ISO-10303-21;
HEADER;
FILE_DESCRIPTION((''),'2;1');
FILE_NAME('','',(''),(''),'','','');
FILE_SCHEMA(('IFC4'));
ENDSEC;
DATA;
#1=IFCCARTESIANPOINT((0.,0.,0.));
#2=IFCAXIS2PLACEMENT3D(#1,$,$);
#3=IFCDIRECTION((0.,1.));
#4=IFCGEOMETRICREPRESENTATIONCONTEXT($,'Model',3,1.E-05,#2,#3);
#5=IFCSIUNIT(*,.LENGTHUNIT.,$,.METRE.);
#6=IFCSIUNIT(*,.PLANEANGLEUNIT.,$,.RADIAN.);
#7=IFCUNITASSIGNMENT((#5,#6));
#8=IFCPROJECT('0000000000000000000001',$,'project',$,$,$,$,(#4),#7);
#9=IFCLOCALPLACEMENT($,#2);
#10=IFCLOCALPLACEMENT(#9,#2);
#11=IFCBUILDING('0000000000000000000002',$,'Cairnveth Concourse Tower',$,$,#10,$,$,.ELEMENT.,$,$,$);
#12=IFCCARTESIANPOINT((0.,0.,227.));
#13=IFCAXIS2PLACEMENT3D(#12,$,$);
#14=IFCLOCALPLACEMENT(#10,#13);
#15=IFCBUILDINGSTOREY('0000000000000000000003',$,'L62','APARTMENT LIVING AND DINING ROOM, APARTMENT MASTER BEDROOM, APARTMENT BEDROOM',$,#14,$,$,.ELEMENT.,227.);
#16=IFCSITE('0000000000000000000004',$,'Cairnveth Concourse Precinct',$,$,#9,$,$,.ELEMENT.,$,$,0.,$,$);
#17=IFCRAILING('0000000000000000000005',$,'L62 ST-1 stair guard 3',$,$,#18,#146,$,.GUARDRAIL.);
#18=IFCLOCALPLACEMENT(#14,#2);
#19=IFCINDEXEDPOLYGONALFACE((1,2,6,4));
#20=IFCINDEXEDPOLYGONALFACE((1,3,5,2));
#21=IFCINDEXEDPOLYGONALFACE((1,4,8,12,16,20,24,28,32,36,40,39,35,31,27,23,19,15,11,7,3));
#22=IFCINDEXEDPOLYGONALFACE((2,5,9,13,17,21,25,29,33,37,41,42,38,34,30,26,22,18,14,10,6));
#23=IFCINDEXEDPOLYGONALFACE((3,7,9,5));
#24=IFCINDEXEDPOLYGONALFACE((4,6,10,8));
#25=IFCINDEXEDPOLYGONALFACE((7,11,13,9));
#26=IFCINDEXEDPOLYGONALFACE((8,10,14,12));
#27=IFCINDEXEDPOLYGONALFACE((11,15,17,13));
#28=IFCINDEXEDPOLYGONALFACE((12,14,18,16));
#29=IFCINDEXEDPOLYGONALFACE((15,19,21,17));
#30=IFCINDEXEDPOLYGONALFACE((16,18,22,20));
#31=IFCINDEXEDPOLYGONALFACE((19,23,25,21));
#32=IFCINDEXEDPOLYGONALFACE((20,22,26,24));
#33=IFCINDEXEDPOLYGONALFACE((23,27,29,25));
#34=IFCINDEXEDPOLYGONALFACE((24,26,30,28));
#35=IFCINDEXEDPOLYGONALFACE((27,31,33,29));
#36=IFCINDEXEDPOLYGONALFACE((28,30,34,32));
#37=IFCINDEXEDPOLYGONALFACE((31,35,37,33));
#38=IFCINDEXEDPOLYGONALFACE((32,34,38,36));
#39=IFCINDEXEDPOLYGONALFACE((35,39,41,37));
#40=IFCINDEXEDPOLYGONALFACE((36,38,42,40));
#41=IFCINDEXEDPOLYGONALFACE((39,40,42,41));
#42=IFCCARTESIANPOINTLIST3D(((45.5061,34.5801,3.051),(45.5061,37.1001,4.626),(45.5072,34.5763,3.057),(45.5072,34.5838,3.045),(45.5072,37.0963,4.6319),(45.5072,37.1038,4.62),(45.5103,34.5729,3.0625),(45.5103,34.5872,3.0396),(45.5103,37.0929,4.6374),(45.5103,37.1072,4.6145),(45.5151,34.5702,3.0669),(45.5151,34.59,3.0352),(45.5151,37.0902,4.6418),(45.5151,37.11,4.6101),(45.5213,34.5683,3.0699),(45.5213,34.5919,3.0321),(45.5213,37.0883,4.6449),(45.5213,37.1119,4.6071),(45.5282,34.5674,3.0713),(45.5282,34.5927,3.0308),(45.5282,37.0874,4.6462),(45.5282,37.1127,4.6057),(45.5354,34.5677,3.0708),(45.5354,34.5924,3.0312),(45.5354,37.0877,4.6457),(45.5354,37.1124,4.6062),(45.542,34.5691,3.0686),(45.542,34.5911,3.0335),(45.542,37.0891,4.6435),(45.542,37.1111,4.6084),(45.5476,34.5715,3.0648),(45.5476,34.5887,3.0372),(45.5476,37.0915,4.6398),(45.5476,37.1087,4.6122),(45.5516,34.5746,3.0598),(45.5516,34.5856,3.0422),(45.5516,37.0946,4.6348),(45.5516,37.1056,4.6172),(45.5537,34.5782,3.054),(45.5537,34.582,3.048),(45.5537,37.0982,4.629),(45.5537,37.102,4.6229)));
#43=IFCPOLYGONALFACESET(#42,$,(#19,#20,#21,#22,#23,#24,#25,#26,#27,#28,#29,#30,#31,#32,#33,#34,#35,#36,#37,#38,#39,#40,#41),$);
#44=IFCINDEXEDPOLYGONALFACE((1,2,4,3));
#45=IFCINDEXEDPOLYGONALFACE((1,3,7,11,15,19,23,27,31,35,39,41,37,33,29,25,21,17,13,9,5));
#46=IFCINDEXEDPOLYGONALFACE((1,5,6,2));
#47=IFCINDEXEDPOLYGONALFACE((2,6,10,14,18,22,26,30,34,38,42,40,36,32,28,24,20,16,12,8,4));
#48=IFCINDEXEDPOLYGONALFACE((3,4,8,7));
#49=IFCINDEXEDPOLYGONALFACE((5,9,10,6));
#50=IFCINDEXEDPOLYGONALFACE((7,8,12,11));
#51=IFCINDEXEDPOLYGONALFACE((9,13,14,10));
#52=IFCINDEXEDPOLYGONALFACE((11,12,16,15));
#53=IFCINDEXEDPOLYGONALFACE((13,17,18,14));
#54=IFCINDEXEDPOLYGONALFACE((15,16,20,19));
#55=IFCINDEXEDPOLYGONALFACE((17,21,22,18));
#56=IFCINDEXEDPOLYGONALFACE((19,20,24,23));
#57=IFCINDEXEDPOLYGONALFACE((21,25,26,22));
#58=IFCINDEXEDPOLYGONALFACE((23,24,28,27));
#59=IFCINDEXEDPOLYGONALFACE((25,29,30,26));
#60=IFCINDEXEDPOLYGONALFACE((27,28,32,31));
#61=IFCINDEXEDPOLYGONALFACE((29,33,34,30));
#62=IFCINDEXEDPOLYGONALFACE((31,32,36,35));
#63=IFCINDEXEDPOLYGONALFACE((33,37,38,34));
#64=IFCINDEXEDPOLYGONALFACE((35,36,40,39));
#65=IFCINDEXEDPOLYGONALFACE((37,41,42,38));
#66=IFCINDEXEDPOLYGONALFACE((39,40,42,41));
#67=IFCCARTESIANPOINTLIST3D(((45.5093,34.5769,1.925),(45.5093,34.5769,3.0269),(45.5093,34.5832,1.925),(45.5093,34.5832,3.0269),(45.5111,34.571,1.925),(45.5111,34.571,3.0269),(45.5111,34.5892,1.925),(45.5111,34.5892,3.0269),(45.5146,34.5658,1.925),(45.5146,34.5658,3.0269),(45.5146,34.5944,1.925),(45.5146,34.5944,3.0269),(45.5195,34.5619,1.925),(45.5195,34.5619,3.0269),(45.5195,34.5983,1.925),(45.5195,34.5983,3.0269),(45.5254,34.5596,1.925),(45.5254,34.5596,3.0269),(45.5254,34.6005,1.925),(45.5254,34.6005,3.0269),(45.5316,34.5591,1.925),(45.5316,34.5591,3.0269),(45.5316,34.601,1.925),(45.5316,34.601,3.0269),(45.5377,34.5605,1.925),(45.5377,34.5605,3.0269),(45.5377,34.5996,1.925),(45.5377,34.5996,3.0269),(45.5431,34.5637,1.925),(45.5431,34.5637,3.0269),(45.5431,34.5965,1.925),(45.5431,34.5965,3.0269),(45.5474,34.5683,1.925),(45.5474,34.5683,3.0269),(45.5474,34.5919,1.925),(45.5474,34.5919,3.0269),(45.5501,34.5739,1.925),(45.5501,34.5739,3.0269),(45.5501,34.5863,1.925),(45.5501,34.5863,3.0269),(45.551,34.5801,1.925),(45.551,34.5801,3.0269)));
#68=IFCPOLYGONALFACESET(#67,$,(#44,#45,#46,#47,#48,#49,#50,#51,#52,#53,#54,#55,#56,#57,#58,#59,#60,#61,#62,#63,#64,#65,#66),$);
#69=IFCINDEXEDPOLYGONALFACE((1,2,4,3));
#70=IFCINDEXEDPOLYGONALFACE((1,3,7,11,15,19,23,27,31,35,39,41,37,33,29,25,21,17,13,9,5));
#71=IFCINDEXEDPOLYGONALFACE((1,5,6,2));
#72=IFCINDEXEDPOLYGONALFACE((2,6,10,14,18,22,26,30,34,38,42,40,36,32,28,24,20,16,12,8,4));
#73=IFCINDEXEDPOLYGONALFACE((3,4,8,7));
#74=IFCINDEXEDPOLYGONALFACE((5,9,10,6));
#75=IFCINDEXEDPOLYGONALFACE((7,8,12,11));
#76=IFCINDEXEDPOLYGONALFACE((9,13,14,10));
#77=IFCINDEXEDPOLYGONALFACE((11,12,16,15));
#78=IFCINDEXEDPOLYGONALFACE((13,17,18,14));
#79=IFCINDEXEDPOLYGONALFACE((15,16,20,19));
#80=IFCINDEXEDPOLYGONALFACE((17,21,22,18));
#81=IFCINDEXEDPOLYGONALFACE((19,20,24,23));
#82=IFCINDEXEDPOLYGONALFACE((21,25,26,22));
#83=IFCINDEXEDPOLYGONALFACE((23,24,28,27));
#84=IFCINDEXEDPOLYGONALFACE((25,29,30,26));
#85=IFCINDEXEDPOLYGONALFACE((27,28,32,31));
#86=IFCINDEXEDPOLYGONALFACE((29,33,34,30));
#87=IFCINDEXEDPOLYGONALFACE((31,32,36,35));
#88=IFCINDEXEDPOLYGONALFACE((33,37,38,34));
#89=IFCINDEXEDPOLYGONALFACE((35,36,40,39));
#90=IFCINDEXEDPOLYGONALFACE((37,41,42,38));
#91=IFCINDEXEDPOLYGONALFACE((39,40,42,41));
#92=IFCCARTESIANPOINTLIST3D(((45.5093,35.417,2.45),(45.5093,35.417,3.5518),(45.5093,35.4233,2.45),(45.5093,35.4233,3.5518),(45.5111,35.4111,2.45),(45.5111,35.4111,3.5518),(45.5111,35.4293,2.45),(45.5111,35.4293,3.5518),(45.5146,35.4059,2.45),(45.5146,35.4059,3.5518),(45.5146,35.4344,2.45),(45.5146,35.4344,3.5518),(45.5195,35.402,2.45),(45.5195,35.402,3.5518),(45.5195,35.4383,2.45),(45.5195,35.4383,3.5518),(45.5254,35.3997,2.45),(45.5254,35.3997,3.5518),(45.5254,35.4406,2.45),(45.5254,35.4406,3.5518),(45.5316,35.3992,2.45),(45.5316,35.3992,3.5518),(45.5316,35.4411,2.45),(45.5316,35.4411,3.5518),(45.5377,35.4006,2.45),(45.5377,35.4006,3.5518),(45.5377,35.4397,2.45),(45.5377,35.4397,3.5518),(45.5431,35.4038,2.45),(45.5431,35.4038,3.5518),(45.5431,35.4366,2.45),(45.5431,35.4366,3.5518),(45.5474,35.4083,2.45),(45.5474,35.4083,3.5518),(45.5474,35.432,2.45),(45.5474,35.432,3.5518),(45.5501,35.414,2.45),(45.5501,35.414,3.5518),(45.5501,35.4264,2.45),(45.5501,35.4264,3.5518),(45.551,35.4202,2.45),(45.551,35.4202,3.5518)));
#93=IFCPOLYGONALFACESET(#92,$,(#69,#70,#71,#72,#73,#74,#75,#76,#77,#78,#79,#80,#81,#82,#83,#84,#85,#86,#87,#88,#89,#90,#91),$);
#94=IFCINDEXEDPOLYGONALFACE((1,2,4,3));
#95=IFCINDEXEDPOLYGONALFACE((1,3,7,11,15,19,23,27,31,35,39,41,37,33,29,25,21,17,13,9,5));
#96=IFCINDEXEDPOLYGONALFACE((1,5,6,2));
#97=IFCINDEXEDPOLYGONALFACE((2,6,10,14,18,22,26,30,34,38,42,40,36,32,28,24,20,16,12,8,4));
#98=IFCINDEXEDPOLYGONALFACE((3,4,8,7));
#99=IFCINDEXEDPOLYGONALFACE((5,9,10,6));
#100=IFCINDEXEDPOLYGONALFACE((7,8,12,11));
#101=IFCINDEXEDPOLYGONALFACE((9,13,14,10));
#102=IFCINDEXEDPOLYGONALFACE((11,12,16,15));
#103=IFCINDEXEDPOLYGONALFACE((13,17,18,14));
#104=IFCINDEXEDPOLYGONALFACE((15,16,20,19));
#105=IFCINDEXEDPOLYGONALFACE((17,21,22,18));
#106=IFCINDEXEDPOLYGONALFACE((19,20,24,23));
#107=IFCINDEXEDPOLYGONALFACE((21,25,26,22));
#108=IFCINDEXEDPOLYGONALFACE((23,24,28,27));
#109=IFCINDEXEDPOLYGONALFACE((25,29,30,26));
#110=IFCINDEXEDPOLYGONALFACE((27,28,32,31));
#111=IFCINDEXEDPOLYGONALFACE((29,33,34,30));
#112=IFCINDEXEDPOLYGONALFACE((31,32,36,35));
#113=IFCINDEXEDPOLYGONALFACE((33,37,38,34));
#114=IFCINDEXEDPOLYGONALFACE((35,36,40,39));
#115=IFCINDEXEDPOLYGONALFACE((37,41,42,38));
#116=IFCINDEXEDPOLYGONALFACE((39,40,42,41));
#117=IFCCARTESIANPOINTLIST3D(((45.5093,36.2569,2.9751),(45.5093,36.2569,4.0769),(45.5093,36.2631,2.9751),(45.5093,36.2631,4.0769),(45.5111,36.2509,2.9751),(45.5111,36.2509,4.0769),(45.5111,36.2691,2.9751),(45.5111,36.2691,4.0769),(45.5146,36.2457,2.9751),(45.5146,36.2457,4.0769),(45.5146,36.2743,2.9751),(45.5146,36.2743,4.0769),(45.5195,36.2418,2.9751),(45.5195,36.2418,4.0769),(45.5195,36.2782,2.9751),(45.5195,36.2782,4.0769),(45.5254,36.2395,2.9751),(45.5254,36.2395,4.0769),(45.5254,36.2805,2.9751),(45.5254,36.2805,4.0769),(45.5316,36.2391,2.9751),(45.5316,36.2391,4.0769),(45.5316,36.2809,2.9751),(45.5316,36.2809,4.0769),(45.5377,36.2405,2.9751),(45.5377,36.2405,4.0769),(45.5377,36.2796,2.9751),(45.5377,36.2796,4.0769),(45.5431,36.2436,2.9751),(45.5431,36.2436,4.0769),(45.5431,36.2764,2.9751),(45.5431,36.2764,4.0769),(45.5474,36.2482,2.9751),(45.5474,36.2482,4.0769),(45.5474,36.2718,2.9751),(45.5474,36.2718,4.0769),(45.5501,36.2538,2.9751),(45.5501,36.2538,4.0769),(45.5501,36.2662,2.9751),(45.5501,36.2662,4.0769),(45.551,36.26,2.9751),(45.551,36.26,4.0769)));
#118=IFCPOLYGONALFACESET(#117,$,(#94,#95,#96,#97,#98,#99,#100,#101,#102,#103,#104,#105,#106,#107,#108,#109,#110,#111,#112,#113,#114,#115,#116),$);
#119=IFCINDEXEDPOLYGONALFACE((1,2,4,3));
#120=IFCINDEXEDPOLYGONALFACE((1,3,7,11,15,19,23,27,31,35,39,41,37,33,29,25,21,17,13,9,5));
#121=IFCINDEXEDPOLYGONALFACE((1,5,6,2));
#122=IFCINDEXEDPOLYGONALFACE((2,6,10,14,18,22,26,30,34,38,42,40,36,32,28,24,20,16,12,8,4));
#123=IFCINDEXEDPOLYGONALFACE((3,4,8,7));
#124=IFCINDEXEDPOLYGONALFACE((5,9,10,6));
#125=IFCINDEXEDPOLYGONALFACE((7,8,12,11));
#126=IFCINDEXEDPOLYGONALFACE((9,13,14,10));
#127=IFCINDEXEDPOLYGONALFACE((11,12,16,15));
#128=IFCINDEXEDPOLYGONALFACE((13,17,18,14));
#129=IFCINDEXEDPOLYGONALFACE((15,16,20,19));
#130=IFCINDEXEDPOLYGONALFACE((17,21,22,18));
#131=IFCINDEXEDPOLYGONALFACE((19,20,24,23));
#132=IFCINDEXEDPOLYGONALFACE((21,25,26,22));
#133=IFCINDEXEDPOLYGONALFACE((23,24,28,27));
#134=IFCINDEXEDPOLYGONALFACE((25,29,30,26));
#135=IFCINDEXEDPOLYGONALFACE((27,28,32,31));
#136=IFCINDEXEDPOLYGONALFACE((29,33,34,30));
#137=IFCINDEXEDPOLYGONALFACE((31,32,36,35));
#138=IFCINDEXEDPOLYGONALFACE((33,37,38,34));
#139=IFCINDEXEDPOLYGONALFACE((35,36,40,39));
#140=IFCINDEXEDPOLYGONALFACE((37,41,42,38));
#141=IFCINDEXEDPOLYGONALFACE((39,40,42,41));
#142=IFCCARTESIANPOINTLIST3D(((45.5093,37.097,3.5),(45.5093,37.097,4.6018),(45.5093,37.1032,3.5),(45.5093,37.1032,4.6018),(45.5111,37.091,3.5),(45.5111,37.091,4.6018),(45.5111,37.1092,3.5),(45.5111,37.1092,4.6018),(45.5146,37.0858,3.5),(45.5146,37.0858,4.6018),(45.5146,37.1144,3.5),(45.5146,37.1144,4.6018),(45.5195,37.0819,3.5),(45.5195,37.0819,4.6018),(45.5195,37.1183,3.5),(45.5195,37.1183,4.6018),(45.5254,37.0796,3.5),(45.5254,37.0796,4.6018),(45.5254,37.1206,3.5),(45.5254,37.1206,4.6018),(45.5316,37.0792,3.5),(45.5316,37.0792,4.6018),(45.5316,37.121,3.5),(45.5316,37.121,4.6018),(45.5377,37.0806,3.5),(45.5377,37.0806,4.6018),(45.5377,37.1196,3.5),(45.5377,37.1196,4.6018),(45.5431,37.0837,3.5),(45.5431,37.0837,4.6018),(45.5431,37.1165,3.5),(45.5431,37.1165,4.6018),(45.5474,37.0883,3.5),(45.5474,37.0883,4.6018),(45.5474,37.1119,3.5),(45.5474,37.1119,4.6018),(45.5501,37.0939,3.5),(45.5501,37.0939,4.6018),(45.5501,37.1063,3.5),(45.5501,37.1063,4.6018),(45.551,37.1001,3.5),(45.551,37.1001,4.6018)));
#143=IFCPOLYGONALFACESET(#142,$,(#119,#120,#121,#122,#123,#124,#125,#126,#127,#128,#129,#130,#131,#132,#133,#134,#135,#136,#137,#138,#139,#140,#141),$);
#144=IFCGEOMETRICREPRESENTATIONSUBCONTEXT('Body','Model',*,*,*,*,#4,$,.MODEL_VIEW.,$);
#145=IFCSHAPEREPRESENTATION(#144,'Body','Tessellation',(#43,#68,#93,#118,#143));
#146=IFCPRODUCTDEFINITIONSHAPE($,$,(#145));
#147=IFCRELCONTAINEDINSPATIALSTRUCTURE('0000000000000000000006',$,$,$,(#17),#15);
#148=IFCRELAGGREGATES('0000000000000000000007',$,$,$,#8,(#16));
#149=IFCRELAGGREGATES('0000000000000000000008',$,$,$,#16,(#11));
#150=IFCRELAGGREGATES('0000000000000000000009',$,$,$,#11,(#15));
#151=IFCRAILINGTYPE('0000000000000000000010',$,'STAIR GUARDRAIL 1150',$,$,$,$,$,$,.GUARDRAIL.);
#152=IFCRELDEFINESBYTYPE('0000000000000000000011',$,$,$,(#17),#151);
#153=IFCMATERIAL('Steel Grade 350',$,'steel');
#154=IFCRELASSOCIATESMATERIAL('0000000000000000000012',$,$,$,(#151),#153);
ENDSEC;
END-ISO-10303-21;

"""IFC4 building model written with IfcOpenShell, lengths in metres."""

from ifc_helpers import new_model, si_unit, direction, frame, origin, origin_2d, place, context, subcontext, project, spatial, circle, extrude, material, type_object, element, save


model = new_model("IFC4")

# Units and contexts
model_context = context("Model", 3, precision=1e-05, world=origin(), true_north=direction((0.0, 1.0)))
body_context = subcontext(model_context, "Body", "Model", "MODEL_VIEW")
ifc_project = project(units=[si_unit("LENGTHUNIT", "METRE"), si_unit("PLANEANGLEUNIT", "RADIAN")], contexts=[model_context])

# Site, building, storey
site_placement = place(None, origin())
site = spatial("IfcSite", under=ifc_project, at=site_placement, Name="Cairnveth Concourse Precinct", CompositionType="ELEMENT", RefElevation=0.0)
building_placement = place(site_placement, origin())
building = spatial("IfcBuilding", under=site, at=building_placement, Name="Cairnveth Concourse Tower", CompositionType="ELEMENT")
storey_placement = place(building_placement, frame((0.0, 0.0, 227.0)))
storey = spatial("IfcBuildingStorey", under=building, at=storey_placement, Name="L62", Description="APARTMENT LIVING AND DINING ROOM, APARTMENT MASTER BEDROOM, APARTMENT BEDROOM", CompositionType="ELEMENT", Elevation=227.0)

# Shared definitions
ifc_material_1 = material(Name="Steel Grade 350", Category="steel")

# Railing
railing_type_1 = type_object("IfcRailingType", Name="STAIR GUARDRAIL 1150", PredefinedType="GUARDRAIL", material=ifc_material_1)
railing_1_placement = place(storey_placement, frame((45.53, 34.5801, 1.925)))
element("IfcRailing", 1, at=railing_1_placement, inside=storey, type_object=railing_type_1, Name="L62 ST-1 stair guard 3", PredefinedType="GUARDRAIL", context=body_context, shape_type="SweptSolid", body=[
    extrude(circle(Radius=0.0239, at=origin_2d()), frame((0.0, 0.0, 1.126), z_axis=(0.0, 0.848008, 0.529984), x_axis=(-1.0, 0.0, 0.0)), (0.0, 0.0, 1.0), 2.9717),
    extrude(circle(Radius=0.021, at=origin_2d()), origin(), (0.0, 0.0, 1.0), 1.1018),
    extrude(circle(Radius=0.021, at=origin_2d()), frame((0.0, 0.8401, 0.5249)), (0.0, 0.0, 1.0), 1.1018),
    extrude(circle(Radius=0.021, at=origin_2d()), frame((0.0, 1.6799, 1.05)), (0.0, 0.0, 1.0), 1.1018),
    extrude(circle(Radius=0.021, at=origin_2d()), frame((0.0, 2.52, 1.575)), (0.0, 0.0, 1.0), 1.1018),
])

save(model, "model.ifc")
